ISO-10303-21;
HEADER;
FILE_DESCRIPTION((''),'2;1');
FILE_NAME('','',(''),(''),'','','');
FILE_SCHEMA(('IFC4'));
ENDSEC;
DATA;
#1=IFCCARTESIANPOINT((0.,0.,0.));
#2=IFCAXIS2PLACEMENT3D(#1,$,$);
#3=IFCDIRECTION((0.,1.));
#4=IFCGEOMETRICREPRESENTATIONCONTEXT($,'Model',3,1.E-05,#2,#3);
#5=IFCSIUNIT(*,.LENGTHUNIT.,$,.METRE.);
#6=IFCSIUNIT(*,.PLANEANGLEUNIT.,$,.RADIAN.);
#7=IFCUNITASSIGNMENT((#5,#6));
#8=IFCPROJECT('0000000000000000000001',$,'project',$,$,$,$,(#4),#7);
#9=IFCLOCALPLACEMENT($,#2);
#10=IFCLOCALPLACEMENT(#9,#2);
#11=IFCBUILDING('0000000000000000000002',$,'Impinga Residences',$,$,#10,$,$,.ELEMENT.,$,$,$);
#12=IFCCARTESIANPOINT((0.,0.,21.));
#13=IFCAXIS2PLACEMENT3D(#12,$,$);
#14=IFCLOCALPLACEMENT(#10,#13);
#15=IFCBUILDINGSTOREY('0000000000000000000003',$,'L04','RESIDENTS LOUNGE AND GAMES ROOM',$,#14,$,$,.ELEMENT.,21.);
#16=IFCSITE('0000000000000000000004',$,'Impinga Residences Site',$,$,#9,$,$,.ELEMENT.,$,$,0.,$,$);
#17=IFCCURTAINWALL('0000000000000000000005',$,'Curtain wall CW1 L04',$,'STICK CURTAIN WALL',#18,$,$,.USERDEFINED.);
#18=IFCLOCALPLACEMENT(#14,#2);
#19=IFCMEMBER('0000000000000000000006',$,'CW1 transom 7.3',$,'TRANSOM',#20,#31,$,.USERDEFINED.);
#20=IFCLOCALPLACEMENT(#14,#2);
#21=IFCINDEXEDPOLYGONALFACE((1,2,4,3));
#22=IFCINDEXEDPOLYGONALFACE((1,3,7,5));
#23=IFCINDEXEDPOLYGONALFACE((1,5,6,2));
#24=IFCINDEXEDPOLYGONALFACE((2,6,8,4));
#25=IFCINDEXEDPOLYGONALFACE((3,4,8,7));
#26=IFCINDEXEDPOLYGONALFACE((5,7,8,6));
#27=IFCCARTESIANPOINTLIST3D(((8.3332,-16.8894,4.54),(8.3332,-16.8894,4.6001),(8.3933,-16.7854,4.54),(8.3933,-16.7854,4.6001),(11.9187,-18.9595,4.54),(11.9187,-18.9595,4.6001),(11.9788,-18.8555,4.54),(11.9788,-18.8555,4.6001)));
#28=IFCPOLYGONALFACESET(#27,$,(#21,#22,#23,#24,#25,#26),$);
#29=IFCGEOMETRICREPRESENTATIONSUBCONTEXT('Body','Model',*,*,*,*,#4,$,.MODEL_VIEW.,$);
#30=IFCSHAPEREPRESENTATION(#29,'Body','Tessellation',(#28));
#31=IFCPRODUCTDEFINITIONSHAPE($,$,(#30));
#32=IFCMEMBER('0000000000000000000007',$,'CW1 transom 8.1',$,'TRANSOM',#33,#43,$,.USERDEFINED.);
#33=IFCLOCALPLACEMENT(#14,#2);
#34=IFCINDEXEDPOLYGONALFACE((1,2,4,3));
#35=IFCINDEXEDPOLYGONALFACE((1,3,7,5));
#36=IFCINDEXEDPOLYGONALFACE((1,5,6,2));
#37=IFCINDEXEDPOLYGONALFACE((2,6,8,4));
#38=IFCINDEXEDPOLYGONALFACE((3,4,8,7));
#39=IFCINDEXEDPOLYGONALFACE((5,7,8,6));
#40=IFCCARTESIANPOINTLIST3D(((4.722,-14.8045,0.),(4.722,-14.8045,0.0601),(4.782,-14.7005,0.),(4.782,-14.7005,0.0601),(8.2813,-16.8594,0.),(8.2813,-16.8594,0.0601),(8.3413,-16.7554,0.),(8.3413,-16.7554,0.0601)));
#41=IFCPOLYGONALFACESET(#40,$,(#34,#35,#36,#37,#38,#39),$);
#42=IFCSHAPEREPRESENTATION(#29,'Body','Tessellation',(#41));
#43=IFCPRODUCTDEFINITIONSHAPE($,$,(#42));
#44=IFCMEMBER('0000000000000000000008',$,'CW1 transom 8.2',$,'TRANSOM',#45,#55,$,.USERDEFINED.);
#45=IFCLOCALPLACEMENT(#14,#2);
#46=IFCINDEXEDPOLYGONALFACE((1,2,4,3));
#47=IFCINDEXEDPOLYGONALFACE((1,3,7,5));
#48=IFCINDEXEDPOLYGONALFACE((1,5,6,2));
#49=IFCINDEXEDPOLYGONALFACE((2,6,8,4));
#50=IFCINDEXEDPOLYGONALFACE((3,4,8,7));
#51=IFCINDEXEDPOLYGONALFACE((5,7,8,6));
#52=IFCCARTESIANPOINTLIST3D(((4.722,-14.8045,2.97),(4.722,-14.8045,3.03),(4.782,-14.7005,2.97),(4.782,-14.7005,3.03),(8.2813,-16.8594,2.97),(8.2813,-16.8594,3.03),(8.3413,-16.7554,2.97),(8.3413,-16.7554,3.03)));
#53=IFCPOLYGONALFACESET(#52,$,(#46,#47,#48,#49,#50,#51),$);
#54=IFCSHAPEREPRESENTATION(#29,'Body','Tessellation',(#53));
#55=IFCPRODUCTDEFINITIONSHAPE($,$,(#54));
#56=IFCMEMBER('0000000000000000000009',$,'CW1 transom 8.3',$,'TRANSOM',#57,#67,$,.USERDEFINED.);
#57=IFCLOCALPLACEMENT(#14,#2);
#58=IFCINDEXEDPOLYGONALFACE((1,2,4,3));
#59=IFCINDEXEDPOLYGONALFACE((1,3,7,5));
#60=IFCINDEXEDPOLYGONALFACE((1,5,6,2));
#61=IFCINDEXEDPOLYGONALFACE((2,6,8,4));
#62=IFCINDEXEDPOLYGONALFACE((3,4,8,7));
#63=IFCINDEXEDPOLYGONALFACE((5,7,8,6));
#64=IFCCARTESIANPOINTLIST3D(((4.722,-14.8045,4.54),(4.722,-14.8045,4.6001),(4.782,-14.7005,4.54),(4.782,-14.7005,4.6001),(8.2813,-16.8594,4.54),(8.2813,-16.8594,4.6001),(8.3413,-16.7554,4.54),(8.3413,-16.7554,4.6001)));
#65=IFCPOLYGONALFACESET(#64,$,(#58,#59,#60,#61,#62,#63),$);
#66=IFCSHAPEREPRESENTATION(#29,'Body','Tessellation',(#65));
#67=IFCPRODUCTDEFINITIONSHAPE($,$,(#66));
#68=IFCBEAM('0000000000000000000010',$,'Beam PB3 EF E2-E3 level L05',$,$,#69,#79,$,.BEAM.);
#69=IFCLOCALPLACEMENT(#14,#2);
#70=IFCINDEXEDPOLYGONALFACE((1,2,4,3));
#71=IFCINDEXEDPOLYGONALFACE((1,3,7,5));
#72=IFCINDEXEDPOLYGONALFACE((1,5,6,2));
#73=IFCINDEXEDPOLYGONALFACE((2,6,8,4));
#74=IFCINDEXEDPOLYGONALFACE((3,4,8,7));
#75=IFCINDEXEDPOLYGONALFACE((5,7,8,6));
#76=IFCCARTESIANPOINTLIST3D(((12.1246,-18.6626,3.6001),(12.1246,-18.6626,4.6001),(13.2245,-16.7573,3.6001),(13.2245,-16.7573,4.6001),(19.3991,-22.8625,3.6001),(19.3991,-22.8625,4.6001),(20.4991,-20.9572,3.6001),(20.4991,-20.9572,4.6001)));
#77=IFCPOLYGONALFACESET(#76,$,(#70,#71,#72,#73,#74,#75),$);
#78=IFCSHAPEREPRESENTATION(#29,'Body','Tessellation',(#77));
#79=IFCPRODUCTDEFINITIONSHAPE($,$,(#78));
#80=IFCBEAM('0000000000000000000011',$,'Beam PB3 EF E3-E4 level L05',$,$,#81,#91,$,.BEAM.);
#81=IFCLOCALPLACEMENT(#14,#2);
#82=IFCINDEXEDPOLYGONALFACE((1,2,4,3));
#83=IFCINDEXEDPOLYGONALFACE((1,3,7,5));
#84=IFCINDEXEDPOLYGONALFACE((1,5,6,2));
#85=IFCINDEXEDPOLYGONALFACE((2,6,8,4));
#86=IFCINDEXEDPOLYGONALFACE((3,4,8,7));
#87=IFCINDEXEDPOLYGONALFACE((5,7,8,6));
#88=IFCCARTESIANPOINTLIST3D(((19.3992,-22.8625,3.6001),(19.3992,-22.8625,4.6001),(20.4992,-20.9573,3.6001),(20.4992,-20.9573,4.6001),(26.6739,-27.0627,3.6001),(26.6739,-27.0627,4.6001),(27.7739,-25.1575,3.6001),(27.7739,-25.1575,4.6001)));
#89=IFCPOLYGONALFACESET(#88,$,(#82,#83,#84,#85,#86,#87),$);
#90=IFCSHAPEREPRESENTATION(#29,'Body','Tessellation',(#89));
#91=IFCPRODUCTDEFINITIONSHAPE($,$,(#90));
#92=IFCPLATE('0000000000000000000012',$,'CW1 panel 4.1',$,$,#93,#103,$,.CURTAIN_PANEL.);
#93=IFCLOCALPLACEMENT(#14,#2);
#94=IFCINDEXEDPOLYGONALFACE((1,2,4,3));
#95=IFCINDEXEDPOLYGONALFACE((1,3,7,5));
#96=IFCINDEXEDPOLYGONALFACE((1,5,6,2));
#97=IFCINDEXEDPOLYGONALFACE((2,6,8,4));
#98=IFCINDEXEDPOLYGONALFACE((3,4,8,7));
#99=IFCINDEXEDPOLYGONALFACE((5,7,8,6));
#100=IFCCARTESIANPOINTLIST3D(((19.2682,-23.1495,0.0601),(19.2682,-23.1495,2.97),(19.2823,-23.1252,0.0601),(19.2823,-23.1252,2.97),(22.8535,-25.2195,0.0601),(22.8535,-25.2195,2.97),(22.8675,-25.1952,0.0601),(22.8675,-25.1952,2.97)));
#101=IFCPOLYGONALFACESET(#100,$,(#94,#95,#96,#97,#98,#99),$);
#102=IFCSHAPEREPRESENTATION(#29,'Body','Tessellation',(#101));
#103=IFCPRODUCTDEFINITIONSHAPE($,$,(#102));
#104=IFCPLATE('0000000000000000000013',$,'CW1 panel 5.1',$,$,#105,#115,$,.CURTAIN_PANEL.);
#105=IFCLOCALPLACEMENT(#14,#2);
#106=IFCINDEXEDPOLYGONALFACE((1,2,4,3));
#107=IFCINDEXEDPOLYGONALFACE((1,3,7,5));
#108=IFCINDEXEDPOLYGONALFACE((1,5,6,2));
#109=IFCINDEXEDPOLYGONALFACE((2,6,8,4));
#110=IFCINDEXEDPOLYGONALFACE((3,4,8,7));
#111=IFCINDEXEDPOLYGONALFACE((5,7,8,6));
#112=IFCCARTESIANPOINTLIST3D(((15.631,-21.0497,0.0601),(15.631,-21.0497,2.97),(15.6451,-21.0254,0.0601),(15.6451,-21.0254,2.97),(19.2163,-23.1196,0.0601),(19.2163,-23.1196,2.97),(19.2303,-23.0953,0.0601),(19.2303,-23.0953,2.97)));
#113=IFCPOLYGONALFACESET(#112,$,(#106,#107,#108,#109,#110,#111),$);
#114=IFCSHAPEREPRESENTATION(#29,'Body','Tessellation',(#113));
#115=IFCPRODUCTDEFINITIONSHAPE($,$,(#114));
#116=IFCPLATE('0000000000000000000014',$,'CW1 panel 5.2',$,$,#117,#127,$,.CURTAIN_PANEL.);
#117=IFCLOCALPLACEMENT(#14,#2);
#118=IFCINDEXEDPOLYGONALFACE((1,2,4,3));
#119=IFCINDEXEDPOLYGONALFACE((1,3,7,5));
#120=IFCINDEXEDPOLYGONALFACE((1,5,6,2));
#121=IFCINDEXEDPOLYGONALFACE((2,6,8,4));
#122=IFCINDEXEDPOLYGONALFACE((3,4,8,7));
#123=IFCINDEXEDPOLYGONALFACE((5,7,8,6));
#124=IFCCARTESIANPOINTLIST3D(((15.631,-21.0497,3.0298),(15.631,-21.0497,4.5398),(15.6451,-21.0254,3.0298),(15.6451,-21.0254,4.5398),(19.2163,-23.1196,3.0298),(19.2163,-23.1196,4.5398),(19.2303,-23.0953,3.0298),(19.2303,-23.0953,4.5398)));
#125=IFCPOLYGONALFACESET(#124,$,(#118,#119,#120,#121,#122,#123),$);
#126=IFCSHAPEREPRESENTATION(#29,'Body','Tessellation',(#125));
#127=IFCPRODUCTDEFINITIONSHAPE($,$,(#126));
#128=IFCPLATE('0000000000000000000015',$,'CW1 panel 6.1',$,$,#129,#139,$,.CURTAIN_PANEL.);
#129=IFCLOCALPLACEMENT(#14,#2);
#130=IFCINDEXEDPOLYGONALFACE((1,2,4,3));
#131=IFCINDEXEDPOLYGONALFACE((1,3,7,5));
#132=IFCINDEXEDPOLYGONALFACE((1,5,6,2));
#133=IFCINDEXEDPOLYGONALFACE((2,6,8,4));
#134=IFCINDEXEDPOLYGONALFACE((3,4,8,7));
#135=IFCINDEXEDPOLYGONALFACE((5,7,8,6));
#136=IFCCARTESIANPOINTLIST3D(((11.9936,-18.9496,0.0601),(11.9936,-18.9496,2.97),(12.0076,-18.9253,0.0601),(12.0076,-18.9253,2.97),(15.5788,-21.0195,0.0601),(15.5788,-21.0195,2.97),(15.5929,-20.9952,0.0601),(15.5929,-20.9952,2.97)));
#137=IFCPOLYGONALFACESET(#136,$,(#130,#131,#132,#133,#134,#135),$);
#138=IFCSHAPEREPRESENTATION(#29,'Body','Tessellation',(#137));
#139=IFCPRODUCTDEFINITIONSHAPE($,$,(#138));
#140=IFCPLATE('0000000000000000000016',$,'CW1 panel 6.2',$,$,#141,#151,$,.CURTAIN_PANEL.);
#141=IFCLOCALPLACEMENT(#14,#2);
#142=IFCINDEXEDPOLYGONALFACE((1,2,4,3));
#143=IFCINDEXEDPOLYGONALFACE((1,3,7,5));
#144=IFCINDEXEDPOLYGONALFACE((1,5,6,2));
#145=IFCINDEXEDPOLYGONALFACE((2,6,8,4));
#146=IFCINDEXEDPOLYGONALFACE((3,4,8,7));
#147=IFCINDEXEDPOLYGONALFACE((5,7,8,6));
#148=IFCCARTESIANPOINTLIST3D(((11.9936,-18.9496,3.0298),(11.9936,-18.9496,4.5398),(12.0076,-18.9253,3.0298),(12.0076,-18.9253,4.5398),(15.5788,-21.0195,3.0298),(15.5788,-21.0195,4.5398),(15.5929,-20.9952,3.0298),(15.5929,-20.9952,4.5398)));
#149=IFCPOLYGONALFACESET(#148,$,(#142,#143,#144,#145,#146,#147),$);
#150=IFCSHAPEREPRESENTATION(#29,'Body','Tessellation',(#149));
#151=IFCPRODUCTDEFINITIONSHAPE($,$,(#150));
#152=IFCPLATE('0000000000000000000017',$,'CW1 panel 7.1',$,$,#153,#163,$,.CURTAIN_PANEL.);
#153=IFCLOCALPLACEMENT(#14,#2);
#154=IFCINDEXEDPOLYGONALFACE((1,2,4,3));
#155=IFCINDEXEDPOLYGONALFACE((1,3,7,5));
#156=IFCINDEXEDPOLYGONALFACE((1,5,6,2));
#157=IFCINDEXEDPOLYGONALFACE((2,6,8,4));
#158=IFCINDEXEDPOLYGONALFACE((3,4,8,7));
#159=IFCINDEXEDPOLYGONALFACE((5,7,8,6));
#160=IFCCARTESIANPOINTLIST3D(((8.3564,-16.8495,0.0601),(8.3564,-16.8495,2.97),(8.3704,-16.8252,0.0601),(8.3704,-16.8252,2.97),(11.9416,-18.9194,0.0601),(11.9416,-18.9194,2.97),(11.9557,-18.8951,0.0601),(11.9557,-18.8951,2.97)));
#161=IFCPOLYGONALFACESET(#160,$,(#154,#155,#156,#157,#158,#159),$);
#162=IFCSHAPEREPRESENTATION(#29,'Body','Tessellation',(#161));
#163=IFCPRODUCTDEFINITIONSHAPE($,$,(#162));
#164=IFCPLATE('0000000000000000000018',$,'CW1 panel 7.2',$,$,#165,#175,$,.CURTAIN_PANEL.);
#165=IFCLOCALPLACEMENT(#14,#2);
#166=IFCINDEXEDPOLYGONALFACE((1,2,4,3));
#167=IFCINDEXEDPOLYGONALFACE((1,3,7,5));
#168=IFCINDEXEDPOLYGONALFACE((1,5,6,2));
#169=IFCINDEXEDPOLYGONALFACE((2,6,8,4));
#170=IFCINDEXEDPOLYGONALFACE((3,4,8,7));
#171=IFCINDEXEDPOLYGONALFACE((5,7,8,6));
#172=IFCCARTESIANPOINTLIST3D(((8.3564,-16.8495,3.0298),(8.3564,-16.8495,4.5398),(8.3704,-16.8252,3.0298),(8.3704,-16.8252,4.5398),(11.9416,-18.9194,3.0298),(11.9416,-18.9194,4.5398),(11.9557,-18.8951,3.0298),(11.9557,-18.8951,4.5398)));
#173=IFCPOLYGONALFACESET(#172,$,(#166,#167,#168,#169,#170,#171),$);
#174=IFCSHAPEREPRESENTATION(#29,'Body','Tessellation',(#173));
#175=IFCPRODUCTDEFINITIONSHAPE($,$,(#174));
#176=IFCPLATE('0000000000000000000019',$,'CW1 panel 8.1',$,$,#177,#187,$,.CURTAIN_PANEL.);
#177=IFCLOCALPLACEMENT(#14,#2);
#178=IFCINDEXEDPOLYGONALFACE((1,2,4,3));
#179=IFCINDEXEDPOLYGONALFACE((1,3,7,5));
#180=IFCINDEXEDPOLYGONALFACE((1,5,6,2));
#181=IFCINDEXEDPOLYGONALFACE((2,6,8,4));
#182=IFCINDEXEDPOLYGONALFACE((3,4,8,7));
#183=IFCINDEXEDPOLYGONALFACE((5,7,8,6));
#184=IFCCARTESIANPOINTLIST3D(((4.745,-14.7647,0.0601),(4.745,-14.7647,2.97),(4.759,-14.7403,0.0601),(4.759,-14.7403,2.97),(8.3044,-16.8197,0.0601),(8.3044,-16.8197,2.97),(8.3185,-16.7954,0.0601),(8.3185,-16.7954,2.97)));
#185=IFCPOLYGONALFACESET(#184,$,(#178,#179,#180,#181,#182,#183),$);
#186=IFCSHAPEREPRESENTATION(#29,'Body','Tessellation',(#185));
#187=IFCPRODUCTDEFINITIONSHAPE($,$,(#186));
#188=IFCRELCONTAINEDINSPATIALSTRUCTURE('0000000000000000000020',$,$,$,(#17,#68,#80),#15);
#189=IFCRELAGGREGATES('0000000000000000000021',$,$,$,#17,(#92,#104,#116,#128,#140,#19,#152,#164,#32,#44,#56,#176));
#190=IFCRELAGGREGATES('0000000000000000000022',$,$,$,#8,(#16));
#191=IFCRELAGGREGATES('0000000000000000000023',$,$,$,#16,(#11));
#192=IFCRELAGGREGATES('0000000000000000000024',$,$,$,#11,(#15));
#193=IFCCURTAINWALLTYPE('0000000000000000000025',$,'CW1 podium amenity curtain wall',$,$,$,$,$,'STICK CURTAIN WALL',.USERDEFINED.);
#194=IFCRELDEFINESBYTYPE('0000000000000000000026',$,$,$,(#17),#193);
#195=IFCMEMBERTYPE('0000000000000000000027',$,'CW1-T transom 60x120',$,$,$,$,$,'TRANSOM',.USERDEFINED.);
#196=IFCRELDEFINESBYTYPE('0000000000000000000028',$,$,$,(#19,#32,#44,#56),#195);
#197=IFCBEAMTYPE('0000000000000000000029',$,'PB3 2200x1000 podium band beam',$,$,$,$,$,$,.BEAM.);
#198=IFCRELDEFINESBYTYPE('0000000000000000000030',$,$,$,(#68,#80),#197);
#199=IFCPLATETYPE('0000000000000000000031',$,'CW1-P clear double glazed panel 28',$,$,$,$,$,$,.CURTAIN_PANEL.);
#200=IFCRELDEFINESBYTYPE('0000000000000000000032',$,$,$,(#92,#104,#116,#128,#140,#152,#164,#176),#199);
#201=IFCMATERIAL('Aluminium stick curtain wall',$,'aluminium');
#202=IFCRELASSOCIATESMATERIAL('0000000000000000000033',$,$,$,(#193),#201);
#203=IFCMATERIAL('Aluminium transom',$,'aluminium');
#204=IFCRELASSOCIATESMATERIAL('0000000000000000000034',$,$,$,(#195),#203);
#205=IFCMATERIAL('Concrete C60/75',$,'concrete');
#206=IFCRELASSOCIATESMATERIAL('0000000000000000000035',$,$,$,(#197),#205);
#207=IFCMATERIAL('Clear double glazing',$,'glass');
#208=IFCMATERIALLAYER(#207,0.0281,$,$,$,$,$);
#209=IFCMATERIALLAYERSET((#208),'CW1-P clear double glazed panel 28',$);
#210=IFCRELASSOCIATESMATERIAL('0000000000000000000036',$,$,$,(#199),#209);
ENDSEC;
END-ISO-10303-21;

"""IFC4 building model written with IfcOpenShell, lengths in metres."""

from ifc_helpers import new_model, si_unit, direction, frame, origin, origin_2d, place, context, subcontext, project, spatial, rectangle, extrude, material, layer, layer_set, material_profile, profile_set, type_object, element, aggregate, save


model = new_model("IFC4")

# Units and contexts
model_context = context("Model", 3, precision=1e-05, world=origin(), true_north=direction((0.0, 1.0)))
body_context = subcontext(model_context, "Body", "Model", "MODEL_VIEW")
ifc_project = project(units=[si_unit("LENGTHUNIT", "METRE"), si_unit("PLANEANGLEUNIT", "RADIAN")], contexts=[model_context])

# Site, building, storey
site_placement = place(None, origin())
site = spatial("IfcSite", under=ifc_project, at=site_placement, Name="Impinga Residences Site", CompositionType="ELEMENT", RefElevation=0.0)
building_placement = place(site_placement, origin())
building = spatial("IfcBuilding", under=site, at=building_placement, Name="Impinga Residences", CompositionType="ELEMENT")
storey_placement = place(building_placement, frame((0.0, 0.0, 21.0)))
storey = spatial("IfcBuildingStorey", under=building, at=storey_placement, Name="L04", Description="RESIDENTS LOUNGE AND GAMES ROOM", CompositionType="ELEMENT", Elevation=21.0)

# Curtain wall, members
ifc_material_1 = material(Name="Aluminium stick curtain wall", Category="aluminium")
curtain_wall_type = type_object("IfcCurtainWallType", Name="CW1 podium amenity curtain wall", ElementType="STICK CURTAIN WALL", PredefinedType="USERDEFINED", material=ifc_material_1)
curtain_wall_placement = place(storey_placement, origin())
curtain_wall = element("IfcCurtainWall", 1, at=curtain_wall_placement, inside=storey, type_object=curtain_wall_type, Name="Curtain wall CW1 L04", ObjectType="STICK CURTAIN WALL", PredefinedType="USERDEFINED")
ifc_material_2 = material(Name="Aluminium transom", Category="aluminium")
ifc_material_profile_1 = material_profile(ifc_material_2, rectangle(XDim=0.0601, YDim=0.1201, at=origin_2d()), Name="60x120 transom")
ifc_profile_set_1 = profile_set([ifc_material_profile_1], Name="Aluminium transom")
member_type_1 = type_object("IfcMemberType", Name="CW1-T transom 60x120", ElementType="TRANSOM", PredefinedType="USERDEFINED", material=ifc_profile_set_1)
member_1_placement = place(storey_placement, frame((11.9487, -18.9075, 4.5701), z_axis=(-0.866025, 0.500002, 0.0), x_axis=(0.0, 0.0, 1.0)))
member_1 = element("IfcMember", 2, at=member_1_placement, type_object=member_type_1, Name="CW1 transom 7.3", ObjectType="TRANSOM", PredefinedType="USERDEFINED", context=body_context, shape_type="SweptSolid", body=[
    extrude(rectangle(XDim=0.0601, YDim=0.1201, at=origin_2d()), origin(), (0.0, 0.0, 1.0), 4.1401),
])
member_2_placement = place(storey_placement, frame((8.3113, -16.8074, 0.03), z_axis=(-0.86603, 0.499992, 0.0), x_axis=(0.0, 0.0, 1.0)))
member_2 = element("IfcMember", 3, at=member_2_placement, type_object=member_type_1, Name="CW1 transom 8.1", ObjectType="TRANSOM", PredefinedType="USERDEFINED", context=body_context, shape_type="SweptSolid", body=[
    extrude(rectangle(XDim=0.0601, YDim=0.1201, at=origin_2d()), origin(), (0.0, 0.0, 1.0), 4.1099),
])
member_3_placement = place(storey_placement, frame((8.3113, -16.8074, 3.0), z_axis=(-0.86603, 0.499992, 0.0), x_axis=(0.0, 0.0, 1.0)))
member_3 = element("IfcMember", 4, at=member_3_placement, type_object=member_type_1, Name="CW1 transom 8.2", ObjectType="TRANSOM", PredefinedType="USERDEFINED", context=body_context, shape_type="SweptSolid", body=[
    extrude(rectangle(XDim=0.0601, YDim=0.1201, at=origin_2d()), origin(), (0.0, 0.0, 1.0), 4.1099),
])
member_4_placement = place(storey_placement, frame((8.3113, -16.8074, 4.5701), z_axis=(-0.86603, 0.499992, 0.0), x_axis=(0.0, 0.0, 1.0)))
member_4 = element("IfcMember", 5, at=member_4_placement, type_object=member_type_1, Name="CW1 transom 8.3", ObjectType="TRANSOM", PredefinedType="USERDEFINED", context=body_context, shape_type="SweptSolid", body=[
    extrude(rectangle(XDim=0.0601, YDim=0.1201, at=origin_2d()), origin(), (0.0, 0.0, 1.0), 4.1099),
])

# Beams
ifc_material_3 = material(Name="Concrete C60/75", Category="concrete")
ifc_material_profile_2 = material_profile(ifc_material_3, rectangle(XDim=2.2, YDim=1.0, at=origin_2d()), Name="RC 2200x1000")
ifc_profile_set_2 = profile_set([ifc_material_profile_2], Name="Concrete C60/75")
beam_type = type_object("IfcBeamType", Name="PB3 2200x1000 podium band beam", PredefinedType="BEAM", material=ifc_profile_set_2)
beam_1_placement = place(storey_placement, frame((12.6746, -17.71, 4.1001), z_axis=(0.866029, -0.499993, 0.0), x_axis=(0.499993, 0.866029, 0.0)))
element("IfcBeam", 6, at=beam_1_placement, inside=storey, type_object=beam_type, Name="Beam PB3 EF E2-E3 level L05", PredefinedType="BEAM", context=body_context, shape_type="SweptSolid", body=[
    extrude(rectangle(XDim=2.2, YDim=1.0, at=origin_2d()), origin(), (0.0, 0.0, 1.0), 8.3999),
])
beam_2_placement = place(storey_placement, frame((19.9492, -21.9099, 4.1001), z_axis=(0.866017, -0.500015, 0.0), x_axis=(0.500015, 0.866017, 0.0)))
element("IfcBeam", 7, at=beam_2_placement, inside=storey, type_object=beam_type, Name="Beam PB3 EF E3-E4 level L05", PredefinedType="BEAM", context=body_context, shape_type="SweptSolid", body=[
    extrude(rectangle(XDim=2.2, YDim=1.0, at=origin_2d()), origin(), (0.0, 0.0, 1.0), 8.4001),
])

# Plates
ifc_material_4 = material(Name="Clear double glazing", Category="glass")
ifc_layer = layer(ifc_material_4, 0.0281)
ifc_layer_set = layer_set([ifc_layer], Name="CW1-P clear double glazed panel 28")
plate_type = type_object("IfcPlateType", Name="CW1-P clear double glazed panel 28", PredefinedType="CURTAIN_PANEL", material=ifc_layer_set)
plate_1_placement = place(storey_placement, frame((21.0679, -24.1724, 0.0601), z_axis=(0.0, 0.0, 1.0), x_axis=(-0.866025, 0.5, 0.0)))
plate_1 = element("IfcPlate", 8, at=plate_1_placement, type_object=plate_type, Name="CW1 panel 4.1", PredefinedType="CURTAIN_PANEL", context=body_context, shape_type="SweptSolid", body=[
    extrude(rectangle(XDim=4.1399, YDim=0.0281, at=origin_2d()), origin(), (0.0, 0.0, 1.0), 2.9099),
])
plate_2_placement = place(storey_placement, frame((17.4307, -22.0725, 0.0601), z_axis=(0.0, 0.0, 1.0), x_axis=(-0.866025, 0.5, 0.0)))
plate_2 = element("IfcPlate", 9, at=plate_2_placement, type_object=plate_type, Name="CW1 panel 5.1", PredefinedType="CURTAIN_PANEL", context=body_context, shape_type="SweptSolid", body=[
    extrude(rectangle(XDim=4.1399, YDim=0.0281, at=origin_2d()), origin(), (0.0, 0.0, 1.0), 2.9099),
])
plate_3_placement = place(storey_placement, frame((17.4307, -22.0725, 3.0298), z_axis=(0.0, 0.0, 1.0), x_axis=(-0.866025, 0.5, 0.0)))
plate_3 = element("IfcPlate", 10, at=plate_3_placement, type_object=plate_type, Name="CW1 panel 5.2", PredefinedType="CURTAIN_PANEL", context=body_context, shape_type="SweptSolid", body=[
    extrude(rectangle(XDim=4.1399, YDim=0.0281, at=origin_2d()), origin(), (0.0, 0.0, 1.0), 1.51),
])
plate_4_placement = place(storey_placement, frame((13.7932, -19.9724, 0.0601), z_axis=(0.0, 0.0, 1.0), x_axis=(-0.866025, 0.5, 0.0)))
plate_4 = element("IfcPlate", 11, at=plate_4_placement, type_object=plate_type, Name="CW1 panel 6.1", PredefinedType="CURTAIN_PANEL", context=body_context, shape_type="SweptSolid", body=[
    extrude(rectangle(XDim=4.1399, YDim=0.0281, at=origin_2d()), origin(), (0.0, 0.0, 1.0), 2.9099),
])
plate_5_placement = place(storey_placement, frame((13.7932, -19.9724, 3.0298), z_axis=(0.0, 0.0, 1.0), x_axis=(-0.866025, 0.5, 0.0)))
plate_5 = element("IfcPlate", 12, at=plate_5_placement, type_object=plate_type, Name="CW1 panel 6.2", PredefinedType="CURTAIN_PANEL", context=body_context, shape_type="SweptSolid", body=[
    extrude(rectangle(XDim=4.1399, YDim=0.0281, at=origin_2d()), origin(), (0.0, 0.0, 1.0), 1.51),
])
plate_6_placement = place(storey_placement, frame((10.156, -17.8723, 0.0601), z_axis=(0.0, 0.0, 1.0), x_axis=(-0.866025, 0.5, 0.0)))
plate_6 = element("IfcPlate", 13, at=plate_6_placement, type_object=plate_type, Name="CW1 panel 7.1", PredefinedType="CURTAIN_PANEL", context=body_context, shape_type="SweptSolid", body=[
    extrude(rectangle(XDim=4.1399, YDim=0.0281, at=origin_2d()), origin(), (0.0, 0.0, 1.0), 2.9099),
])
plate_7_placement = place(storey_placement, frame((10.156, -17.8723, 3.0298), z_axis=(0.0, 0.0, 1.0), x_axis=(-0.866025, 0.5, 0.0)))
plate_7 = element("IfcPlate", 14, at=plate_7_placement, type_object=plate_type, Name="CW1 panel 7.2", PredefinedType="CURTAIN_PANEL", context=body_context, shape_type="SweptSolid", body=[
    extrude(rectangle(XDim=4.1399, YDim=0.0281, at=origin_2d()), origin(), (0.0, 0.0, 1.0), 1.51),
])
plate_8_placement = place(storey_placement, frame((6.5317, -15.78, 0.0601), z_axis=(0.0, 0.0, 1.0), x_axis=(-0.866025, 0.5, 0.0)))
plate_8 = element("IfcPlate", 15, at=plate_8_placement, type_object=plate_type, Name="CW1 panel 8.1", PredefinedType="CURTAIN_PANEL", context=body_context, shape_type="SweptSolid", body=[
    extrude(rectangle(XDim=4.1101, YDim=0.0281, at=origin_2d()), origin(), (0.0, 0.0, 1.0), 2.9099),
])
aggregate(curtain_wall, [plate_1, plate_2, plate_3, plate_4, plate_5, member_1, plate_6, plate_7, member_2, member_3, member_4, plate_8])

save(model, "model.ifc")
